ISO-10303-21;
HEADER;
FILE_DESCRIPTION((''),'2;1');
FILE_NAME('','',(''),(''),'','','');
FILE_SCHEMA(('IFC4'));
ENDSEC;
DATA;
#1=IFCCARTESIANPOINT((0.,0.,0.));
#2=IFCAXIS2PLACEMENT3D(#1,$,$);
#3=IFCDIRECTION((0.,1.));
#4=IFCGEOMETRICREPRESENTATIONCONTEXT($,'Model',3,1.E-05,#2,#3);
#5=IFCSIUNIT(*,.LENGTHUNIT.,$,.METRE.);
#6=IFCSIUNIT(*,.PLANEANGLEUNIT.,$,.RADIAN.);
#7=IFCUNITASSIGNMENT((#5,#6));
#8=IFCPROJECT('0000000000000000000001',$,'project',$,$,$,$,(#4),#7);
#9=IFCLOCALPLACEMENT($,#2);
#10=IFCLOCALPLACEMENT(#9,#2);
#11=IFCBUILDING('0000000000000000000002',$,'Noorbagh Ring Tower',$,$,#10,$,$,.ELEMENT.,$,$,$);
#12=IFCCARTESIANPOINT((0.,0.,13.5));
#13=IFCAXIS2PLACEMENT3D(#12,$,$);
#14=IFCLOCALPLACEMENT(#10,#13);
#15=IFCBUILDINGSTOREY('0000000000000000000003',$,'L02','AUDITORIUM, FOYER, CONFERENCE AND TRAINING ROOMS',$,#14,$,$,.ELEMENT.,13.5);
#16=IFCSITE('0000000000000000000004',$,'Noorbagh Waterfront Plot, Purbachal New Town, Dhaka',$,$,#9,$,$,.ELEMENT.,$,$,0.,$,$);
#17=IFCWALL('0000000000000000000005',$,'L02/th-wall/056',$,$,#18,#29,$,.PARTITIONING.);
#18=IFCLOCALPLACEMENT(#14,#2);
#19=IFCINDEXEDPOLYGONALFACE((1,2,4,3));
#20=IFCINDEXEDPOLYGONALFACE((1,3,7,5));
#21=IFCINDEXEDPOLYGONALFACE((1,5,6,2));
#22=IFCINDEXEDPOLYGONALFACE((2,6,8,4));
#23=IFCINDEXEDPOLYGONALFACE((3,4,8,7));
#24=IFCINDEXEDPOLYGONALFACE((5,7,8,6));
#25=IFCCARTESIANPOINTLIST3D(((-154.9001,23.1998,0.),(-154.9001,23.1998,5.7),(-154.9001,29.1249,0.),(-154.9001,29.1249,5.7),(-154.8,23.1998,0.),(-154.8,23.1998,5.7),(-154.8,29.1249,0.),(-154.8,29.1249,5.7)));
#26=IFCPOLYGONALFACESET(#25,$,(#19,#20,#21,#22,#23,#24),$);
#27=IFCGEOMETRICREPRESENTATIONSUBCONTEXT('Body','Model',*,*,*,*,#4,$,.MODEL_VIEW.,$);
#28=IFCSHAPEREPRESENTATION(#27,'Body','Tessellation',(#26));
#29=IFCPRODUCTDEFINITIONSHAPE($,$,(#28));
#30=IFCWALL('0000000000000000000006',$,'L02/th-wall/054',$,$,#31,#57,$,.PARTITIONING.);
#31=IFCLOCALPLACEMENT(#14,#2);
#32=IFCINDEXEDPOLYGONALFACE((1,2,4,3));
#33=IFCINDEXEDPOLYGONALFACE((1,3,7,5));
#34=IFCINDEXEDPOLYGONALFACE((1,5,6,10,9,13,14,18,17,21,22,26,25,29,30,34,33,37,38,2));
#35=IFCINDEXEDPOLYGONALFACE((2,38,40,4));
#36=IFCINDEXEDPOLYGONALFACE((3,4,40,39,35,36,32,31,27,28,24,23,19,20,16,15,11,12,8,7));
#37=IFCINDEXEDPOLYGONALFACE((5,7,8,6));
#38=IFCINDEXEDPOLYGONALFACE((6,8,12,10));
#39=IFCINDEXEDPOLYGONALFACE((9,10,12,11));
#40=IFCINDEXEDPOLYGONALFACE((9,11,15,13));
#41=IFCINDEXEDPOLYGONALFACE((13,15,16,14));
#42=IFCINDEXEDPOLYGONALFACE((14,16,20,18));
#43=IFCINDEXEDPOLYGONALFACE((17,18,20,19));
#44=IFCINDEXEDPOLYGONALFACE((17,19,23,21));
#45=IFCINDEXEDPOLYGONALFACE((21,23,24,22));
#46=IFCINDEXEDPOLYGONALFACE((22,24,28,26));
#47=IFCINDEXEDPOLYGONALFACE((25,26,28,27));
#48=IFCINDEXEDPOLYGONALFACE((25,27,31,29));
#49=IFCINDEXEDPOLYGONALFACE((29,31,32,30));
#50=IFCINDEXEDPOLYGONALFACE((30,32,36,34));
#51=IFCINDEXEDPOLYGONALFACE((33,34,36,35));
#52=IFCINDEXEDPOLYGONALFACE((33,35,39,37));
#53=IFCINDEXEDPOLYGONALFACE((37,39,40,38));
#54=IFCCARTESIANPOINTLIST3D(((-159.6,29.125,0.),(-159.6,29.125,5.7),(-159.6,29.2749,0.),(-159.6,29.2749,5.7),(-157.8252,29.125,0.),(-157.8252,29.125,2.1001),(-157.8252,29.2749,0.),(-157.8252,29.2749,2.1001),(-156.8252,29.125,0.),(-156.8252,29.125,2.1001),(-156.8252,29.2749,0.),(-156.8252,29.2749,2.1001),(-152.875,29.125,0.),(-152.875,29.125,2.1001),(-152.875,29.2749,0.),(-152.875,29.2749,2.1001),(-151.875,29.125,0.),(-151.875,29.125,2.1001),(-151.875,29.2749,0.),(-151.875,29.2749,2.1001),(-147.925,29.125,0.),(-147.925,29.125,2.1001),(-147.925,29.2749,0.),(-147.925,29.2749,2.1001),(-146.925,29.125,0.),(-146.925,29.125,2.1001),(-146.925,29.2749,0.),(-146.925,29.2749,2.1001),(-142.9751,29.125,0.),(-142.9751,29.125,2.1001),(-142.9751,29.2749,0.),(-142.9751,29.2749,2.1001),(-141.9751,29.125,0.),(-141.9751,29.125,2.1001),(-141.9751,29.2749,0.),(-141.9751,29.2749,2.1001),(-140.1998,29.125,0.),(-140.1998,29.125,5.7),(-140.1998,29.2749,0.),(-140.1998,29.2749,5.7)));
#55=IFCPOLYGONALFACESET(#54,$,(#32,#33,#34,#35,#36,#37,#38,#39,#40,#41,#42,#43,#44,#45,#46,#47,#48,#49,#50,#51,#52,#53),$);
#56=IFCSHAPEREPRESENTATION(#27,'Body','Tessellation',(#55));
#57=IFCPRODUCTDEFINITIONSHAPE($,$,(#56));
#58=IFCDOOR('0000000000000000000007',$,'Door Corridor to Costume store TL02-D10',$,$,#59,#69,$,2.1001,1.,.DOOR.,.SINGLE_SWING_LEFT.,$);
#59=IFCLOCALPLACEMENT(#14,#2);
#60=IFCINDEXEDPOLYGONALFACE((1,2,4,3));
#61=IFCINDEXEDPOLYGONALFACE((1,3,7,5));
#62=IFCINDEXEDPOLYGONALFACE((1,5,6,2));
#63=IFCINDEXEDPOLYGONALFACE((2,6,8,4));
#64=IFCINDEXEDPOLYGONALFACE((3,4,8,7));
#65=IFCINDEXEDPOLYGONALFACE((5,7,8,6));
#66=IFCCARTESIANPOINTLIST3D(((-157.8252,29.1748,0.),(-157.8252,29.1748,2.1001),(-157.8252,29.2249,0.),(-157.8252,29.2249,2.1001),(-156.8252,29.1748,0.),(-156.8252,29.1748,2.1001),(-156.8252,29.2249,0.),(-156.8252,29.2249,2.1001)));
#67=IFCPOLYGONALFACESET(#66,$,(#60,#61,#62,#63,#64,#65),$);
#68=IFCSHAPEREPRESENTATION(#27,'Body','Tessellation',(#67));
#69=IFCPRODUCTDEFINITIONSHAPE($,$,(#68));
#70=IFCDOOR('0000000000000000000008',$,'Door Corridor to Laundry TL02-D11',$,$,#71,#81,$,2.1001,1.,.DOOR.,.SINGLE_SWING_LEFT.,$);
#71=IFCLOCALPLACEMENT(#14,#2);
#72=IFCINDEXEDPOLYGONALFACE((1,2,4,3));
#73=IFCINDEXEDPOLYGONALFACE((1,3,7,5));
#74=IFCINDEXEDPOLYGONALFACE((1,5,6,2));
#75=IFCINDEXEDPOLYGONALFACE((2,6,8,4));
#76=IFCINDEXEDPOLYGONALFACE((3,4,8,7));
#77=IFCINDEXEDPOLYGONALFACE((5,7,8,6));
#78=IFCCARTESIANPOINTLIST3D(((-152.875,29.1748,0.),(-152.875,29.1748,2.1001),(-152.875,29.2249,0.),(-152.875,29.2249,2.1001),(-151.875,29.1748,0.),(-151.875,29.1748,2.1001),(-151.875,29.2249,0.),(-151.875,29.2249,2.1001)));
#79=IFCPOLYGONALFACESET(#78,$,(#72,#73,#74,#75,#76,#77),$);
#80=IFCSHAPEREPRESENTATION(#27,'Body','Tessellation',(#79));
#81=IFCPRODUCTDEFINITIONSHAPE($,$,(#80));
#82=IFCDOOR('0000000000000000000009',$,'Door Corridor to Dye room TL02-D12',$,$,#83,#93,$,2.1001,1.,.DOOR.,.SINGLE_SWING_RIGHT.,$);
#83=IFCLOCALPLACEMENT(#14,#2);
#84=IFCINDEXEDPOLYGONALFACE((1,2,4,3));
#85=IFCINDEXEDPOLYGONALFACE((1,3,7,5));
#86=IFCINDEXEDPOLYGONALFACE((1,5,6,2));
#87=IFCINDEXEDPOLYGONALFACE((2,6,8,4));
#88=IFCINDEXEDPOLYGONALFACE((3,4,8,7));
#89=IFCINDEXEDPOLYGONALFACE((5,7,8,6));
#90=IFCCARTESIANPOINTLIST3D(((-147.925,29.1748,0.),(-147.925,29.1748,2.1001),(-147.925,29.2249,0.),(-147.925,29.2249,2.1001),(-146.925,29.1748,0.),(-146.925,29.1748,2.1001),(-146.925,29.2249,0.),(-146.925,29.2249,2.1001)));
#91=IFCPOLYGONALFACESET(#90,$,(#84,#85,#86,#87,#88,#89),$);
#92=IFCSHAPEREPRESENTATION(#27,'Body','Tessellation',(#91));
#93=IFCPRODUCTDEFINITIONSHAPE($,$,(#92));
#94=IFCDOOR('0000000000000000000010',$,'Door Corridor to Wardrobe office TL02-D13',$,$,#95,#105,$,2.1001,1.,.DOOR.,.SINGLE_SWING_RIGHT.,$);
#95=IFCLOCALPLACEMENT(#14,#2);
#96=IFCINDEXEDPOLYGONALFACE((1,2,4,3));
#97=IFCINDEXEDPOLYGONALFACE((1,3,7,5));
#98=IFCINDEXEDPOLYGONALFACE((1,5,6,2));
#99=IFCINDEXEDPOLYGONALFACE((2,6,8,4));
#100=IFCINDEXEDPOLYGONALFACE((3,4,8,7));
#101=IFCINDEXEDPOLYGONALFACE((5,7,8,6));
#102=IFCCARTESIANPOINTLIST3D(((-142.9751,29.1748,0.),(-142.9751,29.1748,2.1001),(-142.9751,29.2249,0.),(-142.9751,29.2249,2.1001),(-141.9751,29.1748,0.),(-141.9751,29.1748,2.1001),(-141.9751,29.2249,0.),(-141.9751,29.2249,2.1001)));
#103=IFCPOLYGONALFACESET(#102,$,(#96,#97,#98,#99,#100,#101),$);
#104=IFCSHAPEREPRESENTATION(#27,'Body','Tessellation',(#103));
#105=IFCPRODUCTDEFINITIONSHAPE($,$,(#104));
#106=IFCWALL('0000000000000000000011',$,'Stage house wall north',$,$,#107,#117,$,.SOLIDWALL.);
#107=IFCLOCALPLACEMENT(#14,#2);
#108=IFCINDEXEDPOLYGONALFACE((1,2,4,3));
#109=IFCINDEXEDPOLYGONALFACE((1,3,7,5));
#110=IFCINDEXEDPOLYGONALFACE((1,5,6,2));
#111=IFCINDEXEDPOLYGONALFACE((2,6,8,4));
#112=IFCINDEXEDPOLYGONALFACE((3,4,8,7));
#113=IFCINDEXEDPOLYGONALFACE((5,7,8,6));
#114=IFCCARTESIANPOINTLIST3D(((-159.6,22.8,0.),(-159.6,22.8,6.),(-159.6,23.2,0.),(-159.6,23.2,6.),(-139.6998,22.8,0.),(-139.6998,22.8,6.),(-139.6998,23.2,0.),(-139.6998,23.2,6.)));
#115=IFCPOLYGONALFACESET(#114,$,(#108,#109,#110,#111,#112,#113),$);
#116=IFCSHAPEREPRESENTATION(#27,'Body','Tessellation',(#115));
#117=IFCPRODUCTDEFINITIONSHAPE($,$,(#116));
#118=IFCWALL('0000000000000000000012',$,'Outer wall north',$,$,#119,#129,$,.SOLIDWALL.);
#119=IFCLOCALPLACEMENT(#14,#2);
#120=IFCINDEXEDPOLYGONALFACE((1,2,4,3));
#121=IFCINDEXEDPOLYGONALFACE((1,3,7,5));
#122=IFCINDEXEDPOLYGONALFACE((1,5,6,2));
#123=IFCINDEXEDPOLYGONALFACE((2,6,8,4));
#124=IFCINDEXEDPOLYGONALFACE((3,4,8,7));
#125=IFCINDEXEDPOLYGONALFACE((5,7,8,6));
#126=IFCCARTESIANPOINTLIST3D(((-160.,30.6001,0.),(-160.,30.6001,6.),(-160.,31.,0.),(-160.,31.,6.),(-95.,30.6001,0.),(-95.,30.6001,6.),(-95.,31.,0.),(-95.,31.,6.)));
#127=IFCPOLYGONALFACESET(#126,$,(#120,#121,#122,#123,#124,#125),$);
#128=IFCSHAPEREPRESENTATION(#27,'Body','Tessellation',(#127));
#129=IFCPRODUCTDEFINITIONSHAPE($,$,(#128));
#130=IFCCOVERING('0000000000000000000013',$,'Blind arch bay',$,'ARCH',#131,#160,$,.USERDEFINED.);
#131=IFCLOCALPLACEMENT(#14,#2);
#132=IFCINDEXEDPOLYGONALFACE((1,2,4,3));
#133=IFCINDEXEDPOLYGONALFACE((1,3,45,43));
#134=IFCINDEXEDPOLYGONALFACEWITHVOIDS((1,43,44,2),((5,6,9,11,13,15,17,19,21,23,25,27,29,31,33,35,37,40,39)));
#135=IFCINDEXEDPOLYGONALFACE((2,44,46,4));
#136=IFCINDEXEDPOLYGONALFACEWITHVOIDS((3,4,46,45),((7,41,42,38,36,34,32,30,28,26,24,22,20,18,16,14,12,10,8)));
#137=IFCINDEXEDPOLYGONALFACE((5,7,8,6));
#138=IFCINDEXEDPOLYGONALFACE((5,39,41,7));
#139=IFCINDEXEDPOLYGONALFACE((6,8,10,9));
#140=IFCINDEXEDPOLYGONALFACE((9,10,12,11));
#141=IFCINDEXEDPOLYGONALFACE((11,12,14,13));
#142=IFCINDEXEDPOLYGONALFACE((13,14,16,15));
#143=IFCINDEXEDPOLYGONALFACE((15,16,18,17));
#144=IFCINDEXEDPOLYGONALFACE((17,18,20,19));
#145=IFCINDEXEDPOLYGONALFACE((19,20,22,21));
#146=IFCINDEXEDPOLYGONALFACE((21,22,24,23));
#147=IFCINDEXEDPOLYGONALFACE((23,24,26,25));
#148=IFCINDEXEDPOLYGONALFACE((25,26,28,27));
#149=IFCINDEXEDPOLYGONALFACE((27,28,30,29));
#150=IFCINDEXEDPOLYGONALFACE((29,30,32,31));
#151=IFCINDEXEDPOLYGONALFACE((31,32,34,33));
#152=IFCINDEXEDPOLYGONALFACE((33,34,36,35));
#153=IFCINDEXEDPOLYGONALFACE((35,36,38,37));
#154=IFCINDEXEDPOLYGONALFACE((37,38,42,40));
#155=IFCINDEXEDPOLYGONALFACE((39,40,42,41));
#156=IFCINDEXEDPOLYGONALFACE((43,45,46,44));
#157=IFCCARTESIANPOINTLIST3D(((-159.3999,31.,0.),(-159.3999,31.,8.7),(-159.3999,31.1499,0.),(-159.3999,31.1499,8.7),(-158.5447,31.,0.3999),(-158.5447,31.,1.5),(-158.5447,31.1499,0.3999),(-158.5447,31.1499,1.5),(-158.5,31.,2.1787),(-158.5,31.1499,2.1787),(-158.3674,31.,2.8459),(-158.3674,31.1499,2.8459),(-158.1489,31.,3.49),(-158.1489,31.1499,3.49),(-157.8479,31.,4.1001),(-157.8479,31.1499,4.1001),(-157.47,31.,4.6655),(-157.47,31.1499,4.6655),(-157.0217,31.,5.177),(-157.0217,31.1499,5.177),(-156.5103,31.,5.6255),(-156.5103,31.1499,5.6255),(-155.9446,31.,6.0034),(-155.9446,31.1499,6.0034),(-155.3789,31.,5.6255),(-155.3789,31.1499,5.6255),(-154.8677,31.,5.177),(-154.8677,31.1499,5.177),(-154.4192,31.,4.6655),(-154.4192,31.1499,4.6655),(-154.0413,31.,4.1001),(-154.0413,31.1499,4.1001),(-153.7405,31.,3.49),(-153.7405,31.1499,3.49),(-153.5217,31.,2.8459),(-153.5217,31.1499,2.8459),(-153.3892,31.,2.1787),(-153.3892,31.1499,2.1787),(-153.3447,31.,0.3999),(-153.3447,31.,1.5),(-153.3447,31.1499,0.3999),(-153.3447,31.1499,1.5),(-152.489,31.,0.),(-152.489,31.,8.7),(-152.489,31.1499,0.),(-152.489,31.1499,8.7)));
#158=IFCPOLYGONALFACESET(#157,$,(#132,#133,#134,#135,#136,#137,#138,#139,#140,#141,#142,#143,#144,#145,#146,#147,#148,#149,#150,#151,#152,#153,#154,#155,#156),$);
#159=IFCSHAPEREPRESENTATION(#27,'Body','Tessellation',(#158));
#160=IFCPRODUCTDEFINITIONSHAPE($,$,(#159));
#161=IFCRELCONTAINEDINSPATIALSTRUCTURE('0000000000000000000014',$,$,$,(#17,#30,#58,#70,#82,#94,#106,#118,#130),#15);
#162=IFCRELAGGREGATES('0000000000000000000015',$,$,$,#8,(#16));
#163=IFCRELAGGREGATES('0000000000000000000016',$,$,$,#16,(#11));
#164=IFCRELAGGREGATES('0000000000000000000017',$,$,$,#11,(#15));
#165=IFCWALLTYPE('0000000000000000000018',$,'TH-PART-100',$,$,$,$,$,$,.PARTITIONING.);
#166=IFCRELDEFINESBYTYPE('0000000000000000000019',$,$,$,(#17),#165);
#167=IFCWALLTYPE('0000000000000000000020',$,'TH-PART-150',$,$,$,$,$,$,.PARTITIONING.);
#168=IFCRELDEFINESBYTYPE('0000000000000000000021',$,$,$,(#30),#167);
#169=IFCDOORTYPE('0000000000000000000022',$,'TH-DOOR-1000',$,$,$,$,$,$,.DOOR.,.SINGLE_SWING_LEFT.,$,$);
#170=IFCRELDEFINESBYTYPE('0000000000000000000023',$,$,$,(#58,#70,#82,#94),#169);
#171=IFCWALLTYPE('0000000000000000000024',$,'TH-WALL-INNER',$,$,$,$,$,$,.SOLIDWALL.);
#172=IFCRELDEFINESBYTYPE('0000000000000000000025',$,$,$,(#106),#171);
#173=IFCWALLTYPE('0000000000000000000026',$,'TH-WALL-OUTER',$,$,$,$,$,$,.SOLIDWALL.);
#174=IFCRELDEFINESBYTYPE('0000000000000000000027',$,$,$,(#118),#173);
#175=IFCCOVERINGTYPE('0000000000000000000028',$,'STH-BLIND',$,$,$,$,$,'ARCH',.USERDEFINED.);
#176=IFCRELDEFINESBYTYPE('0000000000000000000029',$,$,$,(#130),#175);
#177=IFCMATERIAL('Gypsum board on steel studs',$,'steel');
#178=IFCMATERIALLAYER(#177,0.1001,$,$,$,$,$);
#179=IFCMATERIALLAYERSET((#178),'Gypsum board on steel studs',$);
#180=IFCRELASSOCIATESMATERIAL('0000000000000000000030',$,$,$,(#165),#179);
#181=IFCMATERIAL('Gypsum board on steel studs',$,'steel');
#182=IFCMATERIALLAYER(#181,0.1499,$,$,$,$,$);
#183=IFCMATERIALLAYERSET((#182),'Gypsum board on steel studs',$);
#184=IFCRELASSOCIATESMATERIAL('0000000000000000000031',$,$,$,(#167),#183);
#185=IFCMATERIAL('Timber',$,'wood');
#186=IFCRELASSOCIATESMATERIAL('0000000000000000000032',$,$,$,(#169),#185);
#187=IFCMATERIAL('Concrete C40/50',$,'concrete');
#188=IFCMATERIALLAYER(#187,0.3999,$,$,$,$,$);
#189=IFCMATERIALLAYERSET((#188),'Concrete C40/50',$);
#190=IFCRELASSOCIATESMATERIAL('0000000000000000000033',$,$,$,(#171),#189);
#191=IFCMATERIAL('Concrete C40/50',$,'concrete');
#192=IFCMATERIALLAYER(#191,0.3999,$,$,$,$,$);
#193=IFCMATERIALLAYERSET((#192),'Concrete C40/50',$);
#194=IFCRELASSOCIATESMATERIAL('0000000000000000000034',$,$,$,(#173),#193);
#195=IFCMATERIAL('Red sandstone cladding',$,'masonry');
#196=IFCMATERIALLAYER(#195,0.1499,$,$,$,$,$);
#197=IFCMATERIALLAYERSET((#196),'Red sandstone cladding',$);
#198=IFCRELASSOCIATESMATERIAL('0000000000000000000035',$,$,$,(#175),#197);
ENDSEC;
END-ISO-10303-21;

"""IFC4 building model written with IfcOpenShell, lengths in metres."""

from ifc_helpers import new_model, si_unit, direction, frame, frame_2d, origin, place, context, subcontext, project, spatial, polyline, rectangle, outline, extrude, material, layer, layer_set, type_object, element, fill, save


model = new_model("IFC4")

# Units and contexts
model_context = context("Model", 3, precision=1e-05, world=origin(), true_north=direction((0.0, 1.0)))
body_context = subcontext(model_context, "Body", "Model", "MODEL_VIEW")
ifc_project = project(units=[si_unit("LENGTHUNIT", "METRE"), si_unit("PLANEANGLEUNIT", "RADIAN")], contexts=[model_context])

# Site, building, storey
site_placement = place(None, origin())
site = spatial("IfcSite", under=ifc_project, at=site_placement, Name="Noorbagh Waterfront Plot, Purbachal New Town, Dhaka", CompositionType="ELEMENT", RefElevation=0.0)
building_placement = place(site_placement, origin())
building = spatial("IfcBuilding", under=site, at=building_placement, Name="Noorbagh Ring Tower", CompositionType="ELEMENT")
storey_placement = place(building_placement, frame((0.0, 0.0, 13.5)))
storey = spatial("IfcBuildingStorey", under=building, at=storey_placement, Name="L02", Description="AUDITORIUM, FOYER, CONFERENCE AND TRAINING ROOMS", CompositionType="ELEMENT", Elevation=13.5)

# Wall
ifc_material_1 = material(Name="Gypsum board on steel studs", Category="steel")
ifc_layer_1 = layer(ifc_material_1, 0.1001)
ifc_layer_set_1 = layer_set([ifc_layer_1], Name="Gypsum board on steel studs")
wall_type_1 = type_object("IfcWallType", Name="TH-PART-100", PredefinedType="PARTITIONING", material=ifc_layer_set_1)
wall_1_placement = place(storey_placement, frame((-154.8501, 23.2, 0.0), z_axis=(0.0, 0.0, 1.0), x_axis=(0.0, 1.0, 0.0)))
element("IfcWall", 1, at=wall_1_placement, inside=storey, type_object=wall_type_1, Name="L02/th-wall/056", PredefinedType="PARTITIONING", context=body_context, shape_type="SweptSolid", body=[
    extrude(rectangle(XDim=5.925, YDim=0.1001, at=frame_2d((2.9624, 0.0))), origin(), (0.0, 0.0, 1.0), 5.7),
])

# Wall, openings, doors
ifc_material_2 = material(Name="Gypsum board on steel studs", Category="steel")
ifc_layer_2 = layer(ifc_material_2, 0.1499)
ifc_layer_set_2 = layer_set([ifc_layer_2], Name="Gypsum board on steel studs")
wall_type_2 = type_object("IfcWallType", Name="TH-PART-150", PredefinedType="PARTITIONING", material=ifc_layer_set_2)
wall_2_placement = place(storey_placement, frame((-159.6001, 29.2, 0.0), z_axis=(0.0, 0.0, 1.0), x_axis=(1.0, 0.0, 0.0)))
wall_2 = element("IfcWall", 2, at=wall_2_placement, inside=storey, type_object=wall_type_2, Name="L02/th-wall/054", PredefinedType="PARTITIONING", context=body_context, shape_type="SweptSolid", body=[
    extrude(rectangle(XDim=19.4001, YDim=0.1499, at=frame_2d((9.7002, 0.0))), origin(), (0.0, 0.0, 1.0), 5.7),
])
opening_1_placement = place(wall_2_placement, frame((1.7749, 0.0, 0.0)))
opening_1 = element("IfcOpeningElement", 3, at=opening_1_placement, cuts=wall_2, PredefinedType="OPENING", context=body_context, shape_type="SweptSolid", body=[
    extrude(rectangle(XDim=1.0, YDim=2.1001, at=frame_2d((0.5, 1.05))), frame((0.0, 0.085, 0.0), z_axis=(0.0, -1.0, 0.0), x_axis=(1.0, 0.0, 0.0)), (0.0, 0.0, 1.0), 0.1699),
])
opening_2_placement = place(wall_2_placement, frame((6.7251, 0.0, 0.0)))
opening_2 = element("IfcOpeningElement", 4, at=opening_2_placement, cuts=wall_2, PredefinedType="OPENING", context=body_context, shape_type="SweptSolid", body=[
    extrude(rectangle(XDim=1.0, YDim=2.1001, at=frame_2d((0.5, 1.05))), frame((0.0, 0.085, 0.0), z_axis=(0.0, -1.0, 0.0), x_axis=(1.0, 0.0, 0.0)), (0.0, 0.0, 1.0), 0.1699),
])
opening_3_placement = place(wall_2_placement, frame((11.675, 0.0, 0.0)))
opening_3 = element("IfcOpeningElement", 5, at=opening_3_placement, cuts=wall_2, PredefinedType="OPENING", context=body_context, shape_type="SweptSolid", body=[
    extrude(rectangle(XDim=1.0, YDim=2.1001, at=frame_2d((0.5, 1.05))), frame((0.0, 0.085, 0.0), z_axis=(0.0, -1.0, 0.0), x_axis=(1.0, 0.0, 0.0)), (0.0, 0.0, 1.0), 0.1699),
])
opening_4_placement = place(wall_2_placement, frame((16.625, 0.0, 0.0)))
opening_4 = element("IfcOpeningElement", 6, at=opening_4_placement, cuts=wall_2, PredefinedType="OPENING", context=body_context, shape_type="SweptSolid", body=[
    extrude(rectangle(XDim=1.0, YDim=2.1001, at=frame_2d((0.5, 1.05))), frame((0.0, 0.085, 0.0), z_axis=(0.0, -1.0, 0.0), x_axis=(1.0, 0.0, 0.0)), (0.0, 0.0, 1.0), 0.1699),
])
ifc_material_3 = material(Name="Timber", Category="wood")
door_type = type_object("IfcDoorType", Name="TH-DOOR-1000", OperationType="SINGLE_SWING_LEFT", PredefinedType="DOOR", material=ifc_material_3)
door_1_placement = place(opening_1_placement, origin())
door_1 = element("IfcDoor", 7, at=door_1_placement, inside=storey, type_object=door_type, Name="Door Corridor to Costume store TL02-D10", OperationType="SINGLE_SWING_LEFT", OverallHeight=2.1001, OverallWidth=1.0, PredefinedType="DOOR", context=body_context, shape_type="SweptSolid", body=[
    extrude(rectangle(XDim=1.0, YDim=2.1001, at=frame_2d((0.5, 1.05))), frame((0.0, 0.0249, 0.0), z_axis=(0.0, -1.0, 0.0), x_axis=(1.0, 0.0, 0.0)), (0.0, 0.0, 1.0), 0.05),
])
fill(opening_1, door_1)
door_2_placement = place(opening_2_placement, origin())
door_2 = element("IfcDoor", 8, at=door_2_placement, inside=storey, type_object=door_type, Name="Door Corridor to Laundry TL02-D11", OperationType="SINGLE_SWING_LEFT", OverallHeight=2.1001, OverallWidth=1.0, PredefinedType="DOOR", context=body_context, shape_type="SweptSolid", body=[
    extrude(rectangle(XDim=1.0, YDim=2.1001, at=frame_2d((0.5, 1.05))), frame((0.0, 0.0249, 0.0), z_axis=(0.0, -1.0, 0.0), x_axis=(1.0, 0.0, 0.0)), (0.0, 0.0, 1.0), 0.05),
])
fill(opening_2, door_2)
door_3_placement = place(opening_3_placement, origin())
door_3 = element("IfcDoor", 9, at=door_3_placement, inside=storey, type_object=door_type, Name="Door Corridor to Dye room TL02-D12", OperationType="SINGLE_SWING_RIGHT", OverallHeight=2.1001, OverallWidth=1.0, PredefinedType="DOOR", context=body_context, shape_type="SweptSolid", body=[
    extrude(rectangle(XDim=1.0, YDim=2.1001, at=frame_2d((0.5, 1.05))), frame((0.0, 0.0249, 0.0), z_axis=(0.0, -1.0, 0.0), x_axis=(1.0, 0.0, 0.0)), (0.0, 0.0, 1.0), 0.05),
])
fill(opening_3, door_3)
door_4_placement = place(opening_4_placement, origin())
door_4 = element("IfcDoor", 10, at=door_4_placement, inside=storey, type_object=door_type, Name="Door Corridor to Wardrobe office TL02-D13", OperationType="SINGLE_SWING_RIGHT", OverallHeight=2.1001, OverallWidth=1.0, PredefinedType="DOOR", context=body_context, shape_type="SweptSolid", body=[
    extrude(rectangle(XDim=1.0, YDim=2.1001, at=frame_2d((0.5, 1.05))), frame((0.0, 0.0249, 0.0), z_axis=(0.0, -1.0, 0.0), x_axis=(1.0, 0.0, 0.0)), (0.0, 0.0, 1.0), 0.05),
])
fill(opening_4, door_4)

# Walls
ifc_material_4 = material(Name="Concrete C40/50", Category="concrete")
ifc_layer_3 = layer(ifc_material_4, 0.3999)
ifc_layer_set_3 = layer_set([ifc_layer_3], Name="Concrete C40/50")
wall_type_3 = type_object("IfcWallType", Name="TH-WALL-INNER", PredefinedType="SOLIDWALL", material=ifc_layer_set_3)
wall_3_placement = place(storey_placement, frame((-159.6001, 23.0, 0.0), z_axis=(0.0, 0.0, 1.0), x_axis=(1.0, 0.0, 0.0)))
element("IfcWall", 11, at=wall_3_placement, inside=storey, type_object=wall_type_3, Name="Stage house wall north", PredefinedType="SOLIDWALL", context=body_context, shape_type="SweptSolid", body=[
    extrude(rectangle(XDim=19.9001, YDim=0.3999, at=frame_2d((9.9502, 0.0))), origin(), (0.0, 0.0, 1.0), 6.0),
])
ifc_material_5 = material(Name="Concrete C40/50", Category="concrete")
ifc_layer_4 = layer(ifc_material_5, 0.3999)
ifc_layer_set_4 = layer_set([ifc_layer_4], Name="Concrete C40/50")
wall_type_4 = type_object("IfcWallType", Name="TH-WALL-OUTER", PredefinedType="SOLIDWALL", material=ifc_layer_set_4)
wall_4_placement = place(storey_placement, frame((-160.0, 30.8, 0.0), z_axis=(0.0, 0.0, 1.0), x_axis=(1.0, 0.0, 0.0)))
element("IfcWall", 12, at=wall_4_placement, inside=storey, type_object=wall_type_4, Name="Outer wall north", PredefinedType="SOLIDWALL", context=body_context, shape_type="SweptSolid", body=[
    extrude(rectangle(XDim=65.0, YDim=0.3999, at=frame_2d((32.5, 0.0))), origin(), (0.0, 0.0, 1.0), 6.0),
])

# Covering
ifc_material_6 = material(Name="Red sandstone cladding", Category="masonry")
ifc_layer_5 = layer(ifc_material_6, 0.1499)
ifc_layer_set_5 = layer_set([ifc_layer_5], Name="Red sandstone cladding")
covering_type = type_object("IfcCoveringType", Name="STH-BLIND", ElementType="ARCH", PredefinedType="USERDEFINED", material=ifc_layer_set_5)
covering_1_placement = place(storey_placement, frame((-152.489, 31.1499, 0.0), z_axis=(0.0, 1.0, 0.0), x_axis=(-1.0, 0.0, 0.0)))
element("IfcCovering", 13, at=covering_1_placement, inside=storey, type_object=covering_type, Name="Blind arch bay", ObjectType="ARCH", PredefinedType="USERDEFINED", context=body_context, shape_type="SweptSolid", body=[
    extrude(outline(polyline([(0.0, 0.0), (6.9109, 0.0), (6.9109, 8.7), (0.0, 8.7), (0.0, 0.0)]), holes=[polyline([(0.8557, 0.3999), (0.8557, 1.5), (0.9001, 2.1787), (1.0327, 2.8459), (1.2515, 3.49), (1.5522, 4.1001), (1.9302, 4.6655), (2.3787, 5.177), (2.8899, 5.6255), (3.4556, 6.0034), (4.0212, 5.6255), (4.5327, 5.177), (4.981, 4.6655), (5.3589, 4.1001), (5.6599, 3.49), (5.8784, 2.8459), (6.011, 2.1787), (6.0557, 1.5), (6.0557, 0.3999), (0.8557, 0.3999)])]), origin(), (0.0, 0.0, -1.0), 0.1499),
])

save(model, "model.ifc")
